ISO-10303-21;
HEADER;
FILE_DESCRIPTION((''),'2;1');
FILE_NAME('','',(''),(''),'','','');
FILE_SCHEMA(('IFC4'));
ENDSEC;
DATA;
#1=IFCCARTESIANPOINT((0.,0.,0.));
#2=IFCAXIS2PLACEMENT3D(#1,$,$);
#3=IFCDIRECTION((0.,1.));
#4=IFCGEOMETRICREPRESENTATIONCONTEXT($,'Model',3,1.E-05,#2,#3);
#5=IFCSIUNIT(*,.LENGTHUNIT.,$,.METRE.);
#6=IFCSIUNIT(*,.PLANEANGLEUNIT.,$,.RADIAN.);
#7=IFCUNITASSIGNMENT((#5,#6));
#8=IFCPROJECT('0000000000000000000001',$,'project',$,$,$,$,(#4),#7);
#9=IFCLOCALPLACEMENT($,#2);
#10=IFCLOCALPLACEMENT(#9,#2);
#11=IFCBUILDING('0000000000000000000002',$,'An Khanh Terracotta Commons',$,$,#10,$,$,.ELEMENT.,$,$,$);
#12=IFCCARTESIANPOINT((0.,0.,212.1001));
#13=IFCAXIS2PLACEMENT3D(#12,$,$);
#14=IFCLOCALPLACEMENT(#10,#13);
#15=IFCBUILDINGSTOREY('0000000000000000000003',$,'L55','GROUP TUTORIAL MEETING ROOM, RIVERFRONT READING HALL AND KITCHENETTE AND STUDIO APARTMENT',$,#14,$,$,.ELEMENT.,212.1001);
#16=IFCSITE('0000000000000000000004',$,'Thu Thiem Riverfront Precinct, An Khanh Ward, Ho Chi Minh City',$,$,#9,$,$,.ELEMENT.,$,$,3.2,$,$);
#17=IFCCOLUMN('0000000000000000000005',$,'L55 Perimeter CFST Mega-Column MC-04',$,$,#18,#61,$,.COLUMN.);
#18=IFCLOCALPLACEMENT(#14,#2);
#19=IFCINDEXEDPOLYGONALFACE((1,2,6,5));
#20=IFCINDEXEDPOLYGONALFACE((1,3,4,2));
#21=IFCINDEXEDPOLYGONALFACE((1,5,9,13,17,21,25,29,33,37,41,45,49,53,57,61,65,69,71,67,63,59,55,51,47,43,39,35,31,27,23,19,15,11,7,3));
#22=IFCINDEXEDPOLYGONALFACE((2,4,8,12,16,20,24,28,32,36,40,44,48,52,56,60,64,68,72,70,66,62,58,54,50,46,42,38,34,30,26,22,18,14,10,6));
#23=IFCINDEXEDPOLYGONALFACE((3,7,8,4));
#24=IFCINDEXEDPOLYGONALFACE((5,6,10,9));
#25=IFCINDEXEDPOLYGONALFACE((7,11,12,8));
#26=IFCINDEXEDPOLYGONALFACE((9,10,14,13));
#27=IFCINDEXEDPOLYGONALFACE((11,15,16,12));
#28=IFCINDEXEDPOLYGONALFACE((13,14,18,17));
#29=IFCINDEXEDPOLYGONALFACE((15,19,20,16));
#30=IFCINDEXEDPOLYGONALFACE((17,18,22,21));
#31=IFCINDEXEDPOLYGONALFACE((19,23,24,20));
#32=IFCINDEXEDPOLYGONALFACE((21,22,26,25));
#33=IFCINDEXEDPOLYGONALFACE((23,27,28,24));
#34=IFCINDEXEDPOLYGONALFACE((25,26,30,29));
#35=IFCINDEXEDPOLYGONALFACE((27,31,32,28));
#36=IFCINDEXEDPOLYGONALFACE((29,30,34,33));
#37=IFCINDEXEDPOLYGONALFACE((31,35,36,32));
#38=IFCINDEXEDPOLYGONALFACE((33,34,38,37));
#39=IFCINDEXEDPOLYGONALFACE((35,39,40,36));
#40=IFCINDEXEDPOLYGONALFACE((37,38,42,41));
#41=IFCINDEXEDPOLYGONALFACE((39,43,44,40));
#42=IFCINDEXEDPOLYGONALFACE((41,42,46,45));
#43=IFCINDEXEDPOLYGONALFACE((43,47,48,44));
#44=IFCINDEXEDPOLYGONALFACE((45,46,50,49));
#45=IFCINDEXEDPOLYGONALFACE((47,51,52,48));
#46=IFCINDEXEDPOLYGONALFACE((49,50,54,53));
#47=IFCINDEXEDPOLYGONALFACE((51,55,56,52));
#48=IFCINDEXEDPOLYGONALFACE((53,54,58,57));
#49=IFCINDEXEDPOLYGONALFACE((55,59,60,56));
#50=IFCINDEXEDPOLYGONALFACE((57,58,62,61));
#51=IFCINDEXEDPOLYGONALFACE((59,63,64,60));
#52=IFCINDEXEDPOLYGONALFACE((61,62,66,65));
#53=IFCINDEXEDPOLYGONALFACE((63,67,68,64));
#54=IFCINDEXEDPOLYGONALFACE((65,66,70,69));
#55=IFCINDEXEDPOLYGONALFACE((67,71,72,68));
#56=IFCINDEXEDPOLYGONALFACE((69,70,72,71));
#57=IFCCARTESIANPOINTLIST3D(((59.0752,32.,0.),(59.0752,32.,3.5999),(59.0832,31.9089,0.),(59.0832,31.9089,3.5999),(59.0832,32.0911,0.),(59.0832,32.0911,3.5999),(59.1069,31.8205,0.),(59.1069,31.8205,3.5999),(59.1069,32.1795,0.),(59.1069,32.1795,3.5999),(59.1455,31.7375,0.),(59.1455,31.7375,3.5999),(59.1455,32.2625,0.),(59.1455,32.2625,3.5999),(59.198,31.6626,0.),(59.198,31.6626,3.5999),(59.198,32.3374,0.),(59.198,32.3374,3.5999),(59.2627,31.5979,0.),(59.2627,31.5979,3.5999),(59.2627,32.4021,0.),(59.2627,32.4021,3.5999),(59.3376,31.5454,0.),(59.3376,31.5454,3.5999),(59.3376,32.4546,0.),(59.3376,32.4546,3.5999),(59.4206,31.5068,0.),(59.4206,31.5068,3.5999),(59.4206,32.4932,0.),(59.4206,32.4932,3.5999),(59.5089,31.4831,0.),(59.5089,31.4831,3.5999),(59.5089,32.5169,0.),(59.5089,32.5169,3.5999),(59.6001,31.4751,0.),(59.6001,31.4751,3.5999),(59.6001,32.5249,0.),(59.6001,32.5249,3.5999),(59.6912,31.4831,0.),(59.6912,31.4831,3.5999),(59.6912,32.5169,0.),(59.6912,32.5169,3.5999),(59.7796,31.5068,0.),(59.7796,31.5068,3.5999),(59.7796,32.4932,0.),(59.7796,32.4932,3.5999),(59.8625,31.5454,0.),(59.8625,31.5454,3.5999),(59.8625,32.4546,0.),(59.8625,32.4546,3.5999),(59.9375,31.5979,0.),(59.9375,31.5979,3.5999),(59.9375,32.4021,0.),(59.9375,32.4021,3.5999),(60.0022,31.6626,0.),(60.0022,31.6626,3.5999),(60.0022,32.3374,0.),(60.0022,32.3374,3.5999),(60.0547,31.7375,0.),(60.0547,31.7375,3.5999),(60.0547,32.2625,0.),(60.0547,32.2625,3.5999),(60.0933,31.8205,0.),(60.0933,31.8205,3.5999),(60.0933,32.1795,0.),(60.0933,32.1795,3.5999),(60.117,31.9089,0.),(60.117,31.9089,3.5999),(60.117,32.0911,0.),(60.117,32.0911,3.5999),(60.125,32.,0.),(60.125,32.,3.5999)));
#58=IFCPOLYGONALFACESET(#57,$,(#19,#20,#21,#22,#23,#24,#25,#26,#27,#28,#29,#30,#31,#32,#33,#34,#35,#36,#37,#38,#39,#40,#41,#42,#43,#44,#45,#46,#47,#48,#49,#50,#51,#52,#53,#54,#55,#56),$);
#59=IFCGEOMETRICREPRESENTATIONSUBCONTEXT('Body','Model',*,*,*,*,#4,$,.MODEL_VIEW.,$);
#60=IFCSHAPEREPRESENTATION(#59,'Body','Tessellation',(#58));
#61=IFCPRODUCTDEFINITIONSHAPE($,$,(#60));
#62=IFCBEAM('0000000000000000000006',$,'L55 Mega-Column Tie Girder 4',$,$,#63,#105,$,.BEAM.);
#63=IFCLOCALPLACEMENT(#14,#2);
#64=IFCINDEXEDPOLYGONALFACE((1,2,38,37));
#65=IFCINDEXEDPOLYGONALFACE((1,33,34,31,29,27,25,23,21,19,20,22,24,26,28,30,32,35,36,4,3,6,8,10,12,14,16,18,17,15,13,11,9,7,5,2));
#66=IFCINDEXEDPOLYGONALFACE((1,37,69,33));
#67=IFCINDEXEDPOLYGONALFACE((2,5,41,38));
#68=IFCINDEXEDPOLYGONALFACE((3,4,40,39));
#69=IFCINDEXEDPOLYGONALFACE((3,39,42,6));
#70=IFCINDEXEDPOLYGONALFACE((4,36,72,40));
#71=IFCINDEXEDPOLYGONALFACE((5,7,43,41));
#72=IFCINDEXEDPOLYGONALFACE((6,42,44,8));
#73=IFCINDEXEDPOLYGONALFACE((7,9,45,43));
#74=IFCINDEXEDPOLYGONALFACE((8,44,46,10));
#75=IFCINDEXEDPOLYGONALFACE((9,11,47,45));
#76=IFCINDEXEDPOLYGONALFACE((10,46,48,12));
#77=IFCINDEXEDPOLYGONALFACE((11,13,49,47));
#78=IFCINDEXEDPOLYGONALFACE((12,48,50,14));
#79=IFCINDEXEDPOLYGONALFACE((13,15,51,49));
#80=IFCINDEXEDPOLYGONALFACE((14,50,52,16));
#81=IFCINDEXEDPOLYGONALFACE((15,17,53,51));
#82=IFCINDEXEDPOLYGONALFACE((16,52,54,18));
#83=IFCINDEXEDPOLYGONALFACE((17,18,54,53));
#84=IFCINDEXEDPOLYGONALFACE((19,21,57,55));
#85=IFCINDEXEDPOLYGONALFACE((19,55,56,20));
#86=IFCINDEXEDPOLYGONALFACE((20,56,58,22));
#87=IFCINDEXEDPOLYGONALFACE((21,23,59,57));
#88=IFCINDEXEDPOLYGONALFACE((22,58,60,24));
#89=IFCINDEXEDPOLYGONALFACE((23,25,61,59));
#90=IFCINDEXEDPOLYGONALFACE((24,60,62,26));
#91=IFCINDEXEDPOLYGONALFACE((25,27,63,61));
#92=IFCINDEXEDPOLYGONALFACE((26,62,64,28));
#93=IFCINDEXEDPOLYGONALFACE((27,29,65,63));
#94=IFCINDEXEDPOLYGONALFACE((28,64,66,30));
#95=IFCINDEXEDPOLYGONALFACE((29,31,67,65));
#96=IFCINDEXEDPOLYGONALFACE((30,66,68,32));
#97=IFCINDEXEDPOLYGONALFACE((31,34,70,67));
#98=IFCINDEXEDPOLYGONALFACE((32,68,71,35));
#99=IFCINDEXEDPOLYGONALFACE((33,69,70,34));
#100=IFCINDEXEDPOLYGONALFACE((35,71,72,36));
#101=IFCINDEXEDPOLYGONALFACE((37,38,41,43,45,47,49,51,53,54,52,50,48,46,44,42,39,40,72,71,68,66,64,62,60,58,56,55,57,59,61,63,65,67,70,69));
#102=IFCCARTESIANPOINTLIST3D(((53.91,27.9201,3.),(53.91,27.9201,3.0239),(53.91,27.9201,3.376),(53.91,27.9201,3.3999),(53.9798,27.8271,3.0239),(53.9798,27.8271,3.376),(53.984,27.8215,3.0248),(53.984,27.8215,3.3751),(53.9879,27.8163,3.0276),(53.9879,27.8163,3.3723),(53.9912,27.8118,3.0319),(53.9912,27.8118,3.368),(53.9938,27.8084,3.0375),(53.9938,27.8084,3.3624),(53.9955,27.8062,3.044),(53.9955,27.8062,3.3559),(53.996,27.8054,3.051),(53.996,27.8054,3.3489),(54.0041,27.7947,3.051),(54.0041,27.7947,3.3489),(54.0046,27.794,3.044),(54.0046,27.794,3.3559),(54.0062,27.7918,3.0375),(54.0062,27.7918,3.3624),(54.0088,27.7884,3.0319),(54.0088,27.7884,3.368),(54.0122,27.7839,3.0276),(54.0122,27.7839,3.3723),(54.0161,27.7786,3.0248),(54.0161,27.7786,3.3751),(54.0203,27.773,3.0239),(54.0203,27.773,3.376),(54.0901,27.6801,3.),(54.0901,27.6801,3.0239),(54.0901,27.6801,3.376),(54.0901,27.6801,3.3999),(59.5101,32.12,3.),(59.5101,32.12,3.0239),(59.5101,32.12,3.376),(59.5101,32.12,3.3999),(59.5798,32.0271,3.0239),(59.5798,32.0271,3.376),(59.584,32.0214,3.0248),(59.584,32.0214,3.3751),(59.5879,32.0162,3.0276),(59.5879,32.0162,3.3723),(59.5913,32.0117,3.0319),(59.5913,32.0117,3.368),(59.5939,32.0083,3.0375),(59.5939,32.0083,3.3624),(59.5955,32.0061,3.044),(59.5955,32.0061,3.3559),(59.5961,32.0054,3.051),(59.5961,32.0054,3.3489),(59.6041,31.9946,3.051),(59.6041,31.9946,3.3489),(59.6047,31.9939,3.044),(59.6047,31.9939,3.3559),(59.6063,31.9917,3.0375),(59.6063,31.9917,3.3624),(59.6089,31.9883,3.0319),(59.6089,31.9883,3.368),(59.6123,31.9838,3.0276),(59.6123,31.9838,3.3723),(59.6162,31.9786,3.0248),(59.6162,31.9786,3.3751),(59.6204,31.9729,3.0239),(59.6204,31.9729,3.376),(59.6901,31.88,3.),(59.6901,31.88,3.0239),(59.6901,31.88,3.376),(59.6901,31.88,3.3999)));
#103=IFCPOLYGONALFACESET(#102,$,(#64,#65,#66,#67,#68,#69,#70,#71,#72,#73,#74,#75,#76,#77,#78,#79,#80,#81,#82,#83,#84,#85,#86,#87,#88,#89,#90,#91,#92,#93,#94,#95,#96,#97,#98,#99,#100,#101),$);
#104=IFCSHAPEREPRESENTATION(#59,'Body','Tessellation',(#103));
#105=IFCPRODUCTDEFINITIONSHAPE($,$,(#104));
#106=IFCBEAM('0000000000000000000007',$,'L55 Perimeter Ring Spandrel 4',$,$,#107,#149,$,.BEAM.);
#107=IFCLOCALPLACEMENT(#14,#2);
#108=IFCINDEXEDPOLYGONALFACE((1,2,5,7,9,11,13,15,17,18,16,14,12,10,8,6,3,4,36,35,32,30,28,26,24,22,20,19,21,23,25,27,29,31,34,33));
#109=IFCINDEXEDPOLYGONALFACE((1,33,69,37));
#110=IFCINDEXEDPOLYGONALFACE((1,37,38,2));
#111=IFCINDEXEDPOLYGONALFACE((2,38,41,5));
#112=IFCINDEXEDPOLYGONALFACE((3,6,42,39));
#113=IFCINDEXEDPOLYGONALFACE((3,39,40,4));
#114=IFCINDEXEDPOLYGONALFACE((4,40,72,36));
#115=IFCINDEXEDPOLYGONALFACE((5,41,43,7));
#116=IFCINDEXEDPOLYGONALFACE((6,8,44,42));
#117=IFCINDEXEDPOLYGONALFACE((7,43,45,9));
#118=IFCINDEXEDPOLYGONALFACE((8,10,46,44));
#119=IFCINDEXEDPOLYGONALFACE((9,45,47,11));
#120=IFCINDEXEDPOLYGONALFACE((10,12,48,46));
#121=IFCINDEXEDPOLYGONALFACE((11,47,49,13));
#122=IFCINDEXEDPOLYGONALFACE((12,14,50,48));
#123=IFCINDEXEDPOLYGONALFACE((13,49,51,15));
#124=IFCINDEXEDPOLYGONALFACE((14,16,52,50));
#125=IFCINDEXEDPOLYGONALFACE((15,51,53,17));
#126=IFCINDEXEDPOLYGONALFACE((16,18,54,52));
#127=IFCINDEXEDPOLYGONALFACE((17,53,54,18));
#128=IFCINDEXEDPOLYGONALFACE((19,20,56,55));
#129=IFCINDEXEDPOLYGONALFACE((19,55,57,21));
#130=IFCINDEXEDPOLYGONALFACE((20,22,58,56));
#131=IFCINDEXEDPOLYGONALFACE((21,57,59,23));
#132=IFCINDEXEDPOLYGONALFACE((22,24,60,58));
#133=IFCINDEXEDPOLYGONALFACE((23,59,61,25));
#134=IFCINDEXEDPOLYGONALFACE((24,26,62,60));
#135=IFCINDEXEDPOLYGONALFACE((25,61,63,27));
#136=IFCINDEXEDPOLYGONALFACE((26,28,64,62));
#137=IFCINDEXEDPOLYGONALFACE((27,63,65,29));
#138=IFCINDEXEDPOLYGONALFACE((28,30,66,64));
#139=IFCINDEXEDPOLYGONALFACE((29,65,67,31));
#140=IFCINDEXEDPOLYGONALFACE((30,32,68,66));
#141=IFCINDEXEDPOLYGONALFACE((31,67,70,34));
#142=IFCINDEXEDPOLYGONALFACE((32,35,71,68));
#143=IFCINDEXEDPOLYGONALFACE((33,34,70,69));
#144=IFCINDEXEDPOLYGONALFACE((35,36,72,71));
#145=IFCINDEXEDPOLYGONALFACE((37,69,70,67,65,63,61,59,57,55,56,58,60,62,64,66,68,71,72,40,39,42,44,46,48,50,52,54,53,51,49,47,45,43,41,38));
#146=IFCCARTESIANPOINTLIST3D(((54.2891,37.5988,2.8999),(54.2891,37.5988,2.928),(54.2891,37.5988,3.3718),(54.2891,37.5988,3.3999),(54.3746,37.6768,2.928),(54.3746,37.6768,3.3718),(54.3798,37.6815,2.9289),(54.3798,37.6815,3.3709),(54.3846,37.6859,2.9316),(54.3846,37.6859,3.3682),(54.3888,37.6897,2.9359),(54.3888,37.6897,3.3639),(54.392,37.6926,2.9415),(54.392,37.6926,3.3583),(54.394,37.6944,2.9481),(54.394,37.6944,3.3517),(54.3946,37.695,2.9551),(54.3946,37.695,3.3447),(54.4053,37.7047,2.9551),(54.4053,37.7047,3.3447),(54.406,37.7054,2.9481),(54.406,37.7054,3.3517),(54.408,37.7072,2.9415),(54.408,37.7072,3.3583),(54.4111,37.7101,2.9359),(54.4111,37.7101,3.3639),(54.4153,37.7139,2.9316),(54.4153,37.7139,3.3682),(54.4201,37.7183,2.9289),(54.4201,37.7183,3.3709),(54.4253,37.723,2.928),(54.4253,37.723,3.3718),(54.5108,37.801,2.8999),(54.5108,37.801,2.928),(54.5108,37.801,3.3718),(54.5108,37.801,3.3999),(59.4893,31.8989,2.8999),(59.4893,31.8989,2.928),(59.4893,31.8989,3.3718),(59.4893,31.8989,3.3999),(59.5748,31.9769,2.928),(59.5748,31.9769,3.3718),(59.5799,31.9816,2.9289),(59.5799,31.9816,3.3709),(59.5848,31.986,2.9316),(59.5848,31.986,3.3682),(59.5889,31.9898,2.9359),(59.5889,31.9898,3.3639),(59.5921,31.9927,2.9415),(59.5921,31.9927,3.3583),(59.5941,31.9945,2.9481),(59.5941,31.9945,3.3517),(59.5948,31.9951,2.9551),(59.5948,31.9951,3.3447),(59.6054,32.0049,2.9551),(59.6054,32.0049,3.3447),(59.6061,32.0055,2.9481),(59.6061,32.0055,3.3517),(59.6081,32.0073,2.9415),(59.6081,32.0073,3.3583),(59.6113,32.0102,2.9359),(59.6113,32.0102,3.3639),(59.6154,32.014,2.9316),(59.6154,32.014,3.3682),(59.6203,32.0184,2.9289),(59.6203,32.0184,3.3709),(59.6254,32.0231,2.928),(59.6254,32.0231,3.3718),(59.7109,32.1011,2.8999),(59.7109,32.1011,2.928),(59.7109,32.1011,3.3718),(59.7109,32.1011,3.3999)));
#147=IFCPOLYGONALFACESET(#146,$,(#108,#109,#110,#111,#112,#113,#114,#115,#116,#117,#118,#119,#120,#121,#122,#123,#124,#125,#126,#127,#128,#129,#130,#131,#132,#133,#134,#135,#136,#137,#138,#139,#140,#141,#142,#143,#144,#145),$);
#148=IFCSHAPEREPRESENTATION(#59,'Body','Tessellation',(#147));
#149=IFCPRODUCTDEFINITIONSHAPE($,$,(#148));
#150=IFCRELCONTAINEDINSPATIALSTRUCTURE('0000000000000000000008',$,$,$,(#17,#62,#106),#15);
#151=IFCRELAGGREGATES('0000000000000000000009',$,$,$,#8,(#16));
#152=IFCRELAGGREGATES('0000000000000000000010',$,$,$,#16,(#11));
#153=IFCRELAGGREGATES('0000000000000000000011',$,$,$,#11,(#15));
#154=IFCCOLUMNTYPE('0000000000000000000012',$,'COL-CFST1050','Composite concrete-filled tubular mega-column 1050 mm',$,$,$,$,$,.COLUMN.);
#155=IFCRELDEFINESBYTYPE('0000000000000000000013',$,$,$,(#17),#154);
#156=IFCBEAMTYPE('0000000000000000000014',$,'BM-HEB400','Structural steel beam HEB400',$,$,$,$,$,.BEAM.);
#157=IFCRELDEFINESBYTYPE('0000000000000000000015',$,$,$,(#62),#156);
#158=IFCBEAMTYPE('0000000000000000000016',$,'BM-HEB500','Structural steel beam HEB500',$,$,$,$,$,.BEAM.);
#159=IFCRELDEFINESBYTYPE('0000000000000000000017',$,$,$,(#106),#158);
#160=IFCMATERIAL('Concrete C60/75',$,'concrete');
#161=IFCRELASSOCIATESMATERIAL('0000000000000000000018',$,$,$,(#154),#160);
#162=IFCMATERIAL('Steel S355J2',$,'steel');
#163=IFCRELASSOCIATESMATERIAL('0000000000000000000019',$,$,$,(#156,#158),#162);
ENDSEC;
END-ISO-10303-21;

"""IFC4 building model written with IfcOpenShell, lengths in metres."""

from ifc_helpers import new_model, si_unit, direction, frame, origin, origin_2d, place, context, subcontext, project, spatial, circle, i_section, extrude, material, material_profile, profile_set, type_object, element, save


model = new_model("IFC4")

# Units and contexts
model_context = context("Model", 3, precision=1e-05, world=origin(), true_north=direction((0.0, 1.0)))
body_context = subcontext(model_context, "Body", "Model", "MODEL_VIEW")
ifc_project = project(units=[si_unit("LENGTHUNIT", "METRE"), si_unit("PLANEANGLEUNIT", "RADIAN")], contexts=[model_context])

# Site, building, storey
site_placement = place(None, origin())
site = spatial("IfcSite", under=ifc_project, at=site_placement, Name="Thu Thiem Riverfront Precinct, An Khanh Ward, Ho Chi Minh City", CompositionType="ELEMENT", RefElevation=3.2)
building_placement = place(site_placement, origin())
building = spatial("IfcBuilding", under=site, at=building_placement, Name="An Khanh Terracotta Commons", CompositionType="ELEMENT")
storey_placement = place(building_placement, frame((0.0, 0.0, 212.1001)))
storey = spatial("IfcBuildingStorey", under=building, at=storey_placement, Name="L55", Description="GROUP TUTORIAL MEETING ROOM, RIVERFRONT READING HALL AND KITCHENETTE AND STUDIO APARTMENT", CompositionType="ELEMENT", Elevation=212.1001)

# Column
ifc_material_1 = material(Name="Concrete C60/75", Category="concrete")
ifc_material_profile_1 = material_profile(ifc_material_1, circle(Radius=0.5249, at=origin_2d()), Name="CFST1050")
ifc_profile_set_1 = profile_set([ifc_material_profile_1], Name="Concrete C60/75")
column_type = type_object("IfcColumnType", Name="COL-CFST1050", Description="Composite concrete-filled tubular mega-column 1050 mm", PredefinedType="COLUMN", material=ifc_profile_set_1)
column_placement = place(storey_placement, frame((59.6001, 32.0, 0.0), z_axis=(0.0, 0.0, 1.0), x_axis=(1.0, 0.0, 0.0)))
element("IfcColumn", 1, at=column_placement, inside=storey, type_object=column_type, Name="L55 Perimeter CFST Mega-Column MC-04", PredefinedType="COLUMN", context=body_context, shape_type="SweptSolid", body=[
    extrude(circle(Radius=0.5249, at=origin_2d()), origin(), (0.0, 0.0, 1.0), 3.5999),
])

# Beams
ifc_material_2 = material(Name="Steel S355J2", Category="steel")
ifc_material_profile_2 = material_profile(ifc_material_2, i_section(OverallWidth=0.3, OverallDepth=0.3999, WebThickness=0.0134, FlangeThickness=0.0239, FilletRadius=0.0271, at=origin_2d()), Name="HEB400")
ifc_profile_set_2 = profile_set([ifc_material_profile_2], Name="Steel S355J2")
beam_type_1 = type_object("IfcBeamType", Name="BM-HEB400", Description="Structural steel beam HEB400", PredefinedType="BEAM", material=ifc_profile_set_2)
beam_1_placement = place(storey_placement, frame((59.6001, 32.0, 3.2), z_axis=(-0.800008, -0.599989, 0.0), x_axis=(0.599989, -0.800008, 0.0)))
element("IfcBeam", 2, at=beam_1_placement, inside=storey, type_object=beam_type_1, Name="L55 Mega-Column Tie Girder 4", PredefinedType="BEAM", context=body_context, shape_type="SweptSolid", body=[
    extrude(i_section(OverallWidth=0.3, OverallDepth=0.3999, WebThickness=0.0134, FlangeThickness=0.0239, FilletRadius=0.0271, at=origin_2d()), origin(), (0.0, 0.0, 1.0), 7.0),
])
ifc_material_profile_3 = material_profile(ifc_material_2, i_section(OverallWidth=0.3, OverallDepth=0.5, WebThickness=0.0144, FlangeThickness=0.0281, FilletRadius=0.0271, at=origin_2d()), Name="HEB500")
ifc_profile_set_3 = profile_set([ifc_material_profile_3], Name="Steel S355J2")
beam_type_2 = type_object("IfcBeamType", Name="BM-HEB500", Description="Structural steel beam HEB500", PredefinedType="BEAM", material=ifc_profile_set_3)
beam_2_placement = place(storey_placement, frame((59.6001, 32.0, 3.1499), z_axis=(-0.673979, 0.738751, 0.0), x_axis=(-0.738751, -0.673979, 0.0)))
element("IfcBeam", 3, at=beam_2_placement, inside=storey, type_object=beam_type_2, Name="L55 Perimeter Ring Spandrel 4", PredefinedType="BEAM", context=body_context, shape_type="SweptSolid", body=[
    extrude(i_section(OverallWidth=0.3, OverallDepth=0.5, WebThickness=0.0144, FlangeThickness=0.0281, FilletRadius=0.0271, at=origin_2d()), origin(), (0.0, 0.0, 1.0), 7.7156),
])

save(model, "model.ifc")
